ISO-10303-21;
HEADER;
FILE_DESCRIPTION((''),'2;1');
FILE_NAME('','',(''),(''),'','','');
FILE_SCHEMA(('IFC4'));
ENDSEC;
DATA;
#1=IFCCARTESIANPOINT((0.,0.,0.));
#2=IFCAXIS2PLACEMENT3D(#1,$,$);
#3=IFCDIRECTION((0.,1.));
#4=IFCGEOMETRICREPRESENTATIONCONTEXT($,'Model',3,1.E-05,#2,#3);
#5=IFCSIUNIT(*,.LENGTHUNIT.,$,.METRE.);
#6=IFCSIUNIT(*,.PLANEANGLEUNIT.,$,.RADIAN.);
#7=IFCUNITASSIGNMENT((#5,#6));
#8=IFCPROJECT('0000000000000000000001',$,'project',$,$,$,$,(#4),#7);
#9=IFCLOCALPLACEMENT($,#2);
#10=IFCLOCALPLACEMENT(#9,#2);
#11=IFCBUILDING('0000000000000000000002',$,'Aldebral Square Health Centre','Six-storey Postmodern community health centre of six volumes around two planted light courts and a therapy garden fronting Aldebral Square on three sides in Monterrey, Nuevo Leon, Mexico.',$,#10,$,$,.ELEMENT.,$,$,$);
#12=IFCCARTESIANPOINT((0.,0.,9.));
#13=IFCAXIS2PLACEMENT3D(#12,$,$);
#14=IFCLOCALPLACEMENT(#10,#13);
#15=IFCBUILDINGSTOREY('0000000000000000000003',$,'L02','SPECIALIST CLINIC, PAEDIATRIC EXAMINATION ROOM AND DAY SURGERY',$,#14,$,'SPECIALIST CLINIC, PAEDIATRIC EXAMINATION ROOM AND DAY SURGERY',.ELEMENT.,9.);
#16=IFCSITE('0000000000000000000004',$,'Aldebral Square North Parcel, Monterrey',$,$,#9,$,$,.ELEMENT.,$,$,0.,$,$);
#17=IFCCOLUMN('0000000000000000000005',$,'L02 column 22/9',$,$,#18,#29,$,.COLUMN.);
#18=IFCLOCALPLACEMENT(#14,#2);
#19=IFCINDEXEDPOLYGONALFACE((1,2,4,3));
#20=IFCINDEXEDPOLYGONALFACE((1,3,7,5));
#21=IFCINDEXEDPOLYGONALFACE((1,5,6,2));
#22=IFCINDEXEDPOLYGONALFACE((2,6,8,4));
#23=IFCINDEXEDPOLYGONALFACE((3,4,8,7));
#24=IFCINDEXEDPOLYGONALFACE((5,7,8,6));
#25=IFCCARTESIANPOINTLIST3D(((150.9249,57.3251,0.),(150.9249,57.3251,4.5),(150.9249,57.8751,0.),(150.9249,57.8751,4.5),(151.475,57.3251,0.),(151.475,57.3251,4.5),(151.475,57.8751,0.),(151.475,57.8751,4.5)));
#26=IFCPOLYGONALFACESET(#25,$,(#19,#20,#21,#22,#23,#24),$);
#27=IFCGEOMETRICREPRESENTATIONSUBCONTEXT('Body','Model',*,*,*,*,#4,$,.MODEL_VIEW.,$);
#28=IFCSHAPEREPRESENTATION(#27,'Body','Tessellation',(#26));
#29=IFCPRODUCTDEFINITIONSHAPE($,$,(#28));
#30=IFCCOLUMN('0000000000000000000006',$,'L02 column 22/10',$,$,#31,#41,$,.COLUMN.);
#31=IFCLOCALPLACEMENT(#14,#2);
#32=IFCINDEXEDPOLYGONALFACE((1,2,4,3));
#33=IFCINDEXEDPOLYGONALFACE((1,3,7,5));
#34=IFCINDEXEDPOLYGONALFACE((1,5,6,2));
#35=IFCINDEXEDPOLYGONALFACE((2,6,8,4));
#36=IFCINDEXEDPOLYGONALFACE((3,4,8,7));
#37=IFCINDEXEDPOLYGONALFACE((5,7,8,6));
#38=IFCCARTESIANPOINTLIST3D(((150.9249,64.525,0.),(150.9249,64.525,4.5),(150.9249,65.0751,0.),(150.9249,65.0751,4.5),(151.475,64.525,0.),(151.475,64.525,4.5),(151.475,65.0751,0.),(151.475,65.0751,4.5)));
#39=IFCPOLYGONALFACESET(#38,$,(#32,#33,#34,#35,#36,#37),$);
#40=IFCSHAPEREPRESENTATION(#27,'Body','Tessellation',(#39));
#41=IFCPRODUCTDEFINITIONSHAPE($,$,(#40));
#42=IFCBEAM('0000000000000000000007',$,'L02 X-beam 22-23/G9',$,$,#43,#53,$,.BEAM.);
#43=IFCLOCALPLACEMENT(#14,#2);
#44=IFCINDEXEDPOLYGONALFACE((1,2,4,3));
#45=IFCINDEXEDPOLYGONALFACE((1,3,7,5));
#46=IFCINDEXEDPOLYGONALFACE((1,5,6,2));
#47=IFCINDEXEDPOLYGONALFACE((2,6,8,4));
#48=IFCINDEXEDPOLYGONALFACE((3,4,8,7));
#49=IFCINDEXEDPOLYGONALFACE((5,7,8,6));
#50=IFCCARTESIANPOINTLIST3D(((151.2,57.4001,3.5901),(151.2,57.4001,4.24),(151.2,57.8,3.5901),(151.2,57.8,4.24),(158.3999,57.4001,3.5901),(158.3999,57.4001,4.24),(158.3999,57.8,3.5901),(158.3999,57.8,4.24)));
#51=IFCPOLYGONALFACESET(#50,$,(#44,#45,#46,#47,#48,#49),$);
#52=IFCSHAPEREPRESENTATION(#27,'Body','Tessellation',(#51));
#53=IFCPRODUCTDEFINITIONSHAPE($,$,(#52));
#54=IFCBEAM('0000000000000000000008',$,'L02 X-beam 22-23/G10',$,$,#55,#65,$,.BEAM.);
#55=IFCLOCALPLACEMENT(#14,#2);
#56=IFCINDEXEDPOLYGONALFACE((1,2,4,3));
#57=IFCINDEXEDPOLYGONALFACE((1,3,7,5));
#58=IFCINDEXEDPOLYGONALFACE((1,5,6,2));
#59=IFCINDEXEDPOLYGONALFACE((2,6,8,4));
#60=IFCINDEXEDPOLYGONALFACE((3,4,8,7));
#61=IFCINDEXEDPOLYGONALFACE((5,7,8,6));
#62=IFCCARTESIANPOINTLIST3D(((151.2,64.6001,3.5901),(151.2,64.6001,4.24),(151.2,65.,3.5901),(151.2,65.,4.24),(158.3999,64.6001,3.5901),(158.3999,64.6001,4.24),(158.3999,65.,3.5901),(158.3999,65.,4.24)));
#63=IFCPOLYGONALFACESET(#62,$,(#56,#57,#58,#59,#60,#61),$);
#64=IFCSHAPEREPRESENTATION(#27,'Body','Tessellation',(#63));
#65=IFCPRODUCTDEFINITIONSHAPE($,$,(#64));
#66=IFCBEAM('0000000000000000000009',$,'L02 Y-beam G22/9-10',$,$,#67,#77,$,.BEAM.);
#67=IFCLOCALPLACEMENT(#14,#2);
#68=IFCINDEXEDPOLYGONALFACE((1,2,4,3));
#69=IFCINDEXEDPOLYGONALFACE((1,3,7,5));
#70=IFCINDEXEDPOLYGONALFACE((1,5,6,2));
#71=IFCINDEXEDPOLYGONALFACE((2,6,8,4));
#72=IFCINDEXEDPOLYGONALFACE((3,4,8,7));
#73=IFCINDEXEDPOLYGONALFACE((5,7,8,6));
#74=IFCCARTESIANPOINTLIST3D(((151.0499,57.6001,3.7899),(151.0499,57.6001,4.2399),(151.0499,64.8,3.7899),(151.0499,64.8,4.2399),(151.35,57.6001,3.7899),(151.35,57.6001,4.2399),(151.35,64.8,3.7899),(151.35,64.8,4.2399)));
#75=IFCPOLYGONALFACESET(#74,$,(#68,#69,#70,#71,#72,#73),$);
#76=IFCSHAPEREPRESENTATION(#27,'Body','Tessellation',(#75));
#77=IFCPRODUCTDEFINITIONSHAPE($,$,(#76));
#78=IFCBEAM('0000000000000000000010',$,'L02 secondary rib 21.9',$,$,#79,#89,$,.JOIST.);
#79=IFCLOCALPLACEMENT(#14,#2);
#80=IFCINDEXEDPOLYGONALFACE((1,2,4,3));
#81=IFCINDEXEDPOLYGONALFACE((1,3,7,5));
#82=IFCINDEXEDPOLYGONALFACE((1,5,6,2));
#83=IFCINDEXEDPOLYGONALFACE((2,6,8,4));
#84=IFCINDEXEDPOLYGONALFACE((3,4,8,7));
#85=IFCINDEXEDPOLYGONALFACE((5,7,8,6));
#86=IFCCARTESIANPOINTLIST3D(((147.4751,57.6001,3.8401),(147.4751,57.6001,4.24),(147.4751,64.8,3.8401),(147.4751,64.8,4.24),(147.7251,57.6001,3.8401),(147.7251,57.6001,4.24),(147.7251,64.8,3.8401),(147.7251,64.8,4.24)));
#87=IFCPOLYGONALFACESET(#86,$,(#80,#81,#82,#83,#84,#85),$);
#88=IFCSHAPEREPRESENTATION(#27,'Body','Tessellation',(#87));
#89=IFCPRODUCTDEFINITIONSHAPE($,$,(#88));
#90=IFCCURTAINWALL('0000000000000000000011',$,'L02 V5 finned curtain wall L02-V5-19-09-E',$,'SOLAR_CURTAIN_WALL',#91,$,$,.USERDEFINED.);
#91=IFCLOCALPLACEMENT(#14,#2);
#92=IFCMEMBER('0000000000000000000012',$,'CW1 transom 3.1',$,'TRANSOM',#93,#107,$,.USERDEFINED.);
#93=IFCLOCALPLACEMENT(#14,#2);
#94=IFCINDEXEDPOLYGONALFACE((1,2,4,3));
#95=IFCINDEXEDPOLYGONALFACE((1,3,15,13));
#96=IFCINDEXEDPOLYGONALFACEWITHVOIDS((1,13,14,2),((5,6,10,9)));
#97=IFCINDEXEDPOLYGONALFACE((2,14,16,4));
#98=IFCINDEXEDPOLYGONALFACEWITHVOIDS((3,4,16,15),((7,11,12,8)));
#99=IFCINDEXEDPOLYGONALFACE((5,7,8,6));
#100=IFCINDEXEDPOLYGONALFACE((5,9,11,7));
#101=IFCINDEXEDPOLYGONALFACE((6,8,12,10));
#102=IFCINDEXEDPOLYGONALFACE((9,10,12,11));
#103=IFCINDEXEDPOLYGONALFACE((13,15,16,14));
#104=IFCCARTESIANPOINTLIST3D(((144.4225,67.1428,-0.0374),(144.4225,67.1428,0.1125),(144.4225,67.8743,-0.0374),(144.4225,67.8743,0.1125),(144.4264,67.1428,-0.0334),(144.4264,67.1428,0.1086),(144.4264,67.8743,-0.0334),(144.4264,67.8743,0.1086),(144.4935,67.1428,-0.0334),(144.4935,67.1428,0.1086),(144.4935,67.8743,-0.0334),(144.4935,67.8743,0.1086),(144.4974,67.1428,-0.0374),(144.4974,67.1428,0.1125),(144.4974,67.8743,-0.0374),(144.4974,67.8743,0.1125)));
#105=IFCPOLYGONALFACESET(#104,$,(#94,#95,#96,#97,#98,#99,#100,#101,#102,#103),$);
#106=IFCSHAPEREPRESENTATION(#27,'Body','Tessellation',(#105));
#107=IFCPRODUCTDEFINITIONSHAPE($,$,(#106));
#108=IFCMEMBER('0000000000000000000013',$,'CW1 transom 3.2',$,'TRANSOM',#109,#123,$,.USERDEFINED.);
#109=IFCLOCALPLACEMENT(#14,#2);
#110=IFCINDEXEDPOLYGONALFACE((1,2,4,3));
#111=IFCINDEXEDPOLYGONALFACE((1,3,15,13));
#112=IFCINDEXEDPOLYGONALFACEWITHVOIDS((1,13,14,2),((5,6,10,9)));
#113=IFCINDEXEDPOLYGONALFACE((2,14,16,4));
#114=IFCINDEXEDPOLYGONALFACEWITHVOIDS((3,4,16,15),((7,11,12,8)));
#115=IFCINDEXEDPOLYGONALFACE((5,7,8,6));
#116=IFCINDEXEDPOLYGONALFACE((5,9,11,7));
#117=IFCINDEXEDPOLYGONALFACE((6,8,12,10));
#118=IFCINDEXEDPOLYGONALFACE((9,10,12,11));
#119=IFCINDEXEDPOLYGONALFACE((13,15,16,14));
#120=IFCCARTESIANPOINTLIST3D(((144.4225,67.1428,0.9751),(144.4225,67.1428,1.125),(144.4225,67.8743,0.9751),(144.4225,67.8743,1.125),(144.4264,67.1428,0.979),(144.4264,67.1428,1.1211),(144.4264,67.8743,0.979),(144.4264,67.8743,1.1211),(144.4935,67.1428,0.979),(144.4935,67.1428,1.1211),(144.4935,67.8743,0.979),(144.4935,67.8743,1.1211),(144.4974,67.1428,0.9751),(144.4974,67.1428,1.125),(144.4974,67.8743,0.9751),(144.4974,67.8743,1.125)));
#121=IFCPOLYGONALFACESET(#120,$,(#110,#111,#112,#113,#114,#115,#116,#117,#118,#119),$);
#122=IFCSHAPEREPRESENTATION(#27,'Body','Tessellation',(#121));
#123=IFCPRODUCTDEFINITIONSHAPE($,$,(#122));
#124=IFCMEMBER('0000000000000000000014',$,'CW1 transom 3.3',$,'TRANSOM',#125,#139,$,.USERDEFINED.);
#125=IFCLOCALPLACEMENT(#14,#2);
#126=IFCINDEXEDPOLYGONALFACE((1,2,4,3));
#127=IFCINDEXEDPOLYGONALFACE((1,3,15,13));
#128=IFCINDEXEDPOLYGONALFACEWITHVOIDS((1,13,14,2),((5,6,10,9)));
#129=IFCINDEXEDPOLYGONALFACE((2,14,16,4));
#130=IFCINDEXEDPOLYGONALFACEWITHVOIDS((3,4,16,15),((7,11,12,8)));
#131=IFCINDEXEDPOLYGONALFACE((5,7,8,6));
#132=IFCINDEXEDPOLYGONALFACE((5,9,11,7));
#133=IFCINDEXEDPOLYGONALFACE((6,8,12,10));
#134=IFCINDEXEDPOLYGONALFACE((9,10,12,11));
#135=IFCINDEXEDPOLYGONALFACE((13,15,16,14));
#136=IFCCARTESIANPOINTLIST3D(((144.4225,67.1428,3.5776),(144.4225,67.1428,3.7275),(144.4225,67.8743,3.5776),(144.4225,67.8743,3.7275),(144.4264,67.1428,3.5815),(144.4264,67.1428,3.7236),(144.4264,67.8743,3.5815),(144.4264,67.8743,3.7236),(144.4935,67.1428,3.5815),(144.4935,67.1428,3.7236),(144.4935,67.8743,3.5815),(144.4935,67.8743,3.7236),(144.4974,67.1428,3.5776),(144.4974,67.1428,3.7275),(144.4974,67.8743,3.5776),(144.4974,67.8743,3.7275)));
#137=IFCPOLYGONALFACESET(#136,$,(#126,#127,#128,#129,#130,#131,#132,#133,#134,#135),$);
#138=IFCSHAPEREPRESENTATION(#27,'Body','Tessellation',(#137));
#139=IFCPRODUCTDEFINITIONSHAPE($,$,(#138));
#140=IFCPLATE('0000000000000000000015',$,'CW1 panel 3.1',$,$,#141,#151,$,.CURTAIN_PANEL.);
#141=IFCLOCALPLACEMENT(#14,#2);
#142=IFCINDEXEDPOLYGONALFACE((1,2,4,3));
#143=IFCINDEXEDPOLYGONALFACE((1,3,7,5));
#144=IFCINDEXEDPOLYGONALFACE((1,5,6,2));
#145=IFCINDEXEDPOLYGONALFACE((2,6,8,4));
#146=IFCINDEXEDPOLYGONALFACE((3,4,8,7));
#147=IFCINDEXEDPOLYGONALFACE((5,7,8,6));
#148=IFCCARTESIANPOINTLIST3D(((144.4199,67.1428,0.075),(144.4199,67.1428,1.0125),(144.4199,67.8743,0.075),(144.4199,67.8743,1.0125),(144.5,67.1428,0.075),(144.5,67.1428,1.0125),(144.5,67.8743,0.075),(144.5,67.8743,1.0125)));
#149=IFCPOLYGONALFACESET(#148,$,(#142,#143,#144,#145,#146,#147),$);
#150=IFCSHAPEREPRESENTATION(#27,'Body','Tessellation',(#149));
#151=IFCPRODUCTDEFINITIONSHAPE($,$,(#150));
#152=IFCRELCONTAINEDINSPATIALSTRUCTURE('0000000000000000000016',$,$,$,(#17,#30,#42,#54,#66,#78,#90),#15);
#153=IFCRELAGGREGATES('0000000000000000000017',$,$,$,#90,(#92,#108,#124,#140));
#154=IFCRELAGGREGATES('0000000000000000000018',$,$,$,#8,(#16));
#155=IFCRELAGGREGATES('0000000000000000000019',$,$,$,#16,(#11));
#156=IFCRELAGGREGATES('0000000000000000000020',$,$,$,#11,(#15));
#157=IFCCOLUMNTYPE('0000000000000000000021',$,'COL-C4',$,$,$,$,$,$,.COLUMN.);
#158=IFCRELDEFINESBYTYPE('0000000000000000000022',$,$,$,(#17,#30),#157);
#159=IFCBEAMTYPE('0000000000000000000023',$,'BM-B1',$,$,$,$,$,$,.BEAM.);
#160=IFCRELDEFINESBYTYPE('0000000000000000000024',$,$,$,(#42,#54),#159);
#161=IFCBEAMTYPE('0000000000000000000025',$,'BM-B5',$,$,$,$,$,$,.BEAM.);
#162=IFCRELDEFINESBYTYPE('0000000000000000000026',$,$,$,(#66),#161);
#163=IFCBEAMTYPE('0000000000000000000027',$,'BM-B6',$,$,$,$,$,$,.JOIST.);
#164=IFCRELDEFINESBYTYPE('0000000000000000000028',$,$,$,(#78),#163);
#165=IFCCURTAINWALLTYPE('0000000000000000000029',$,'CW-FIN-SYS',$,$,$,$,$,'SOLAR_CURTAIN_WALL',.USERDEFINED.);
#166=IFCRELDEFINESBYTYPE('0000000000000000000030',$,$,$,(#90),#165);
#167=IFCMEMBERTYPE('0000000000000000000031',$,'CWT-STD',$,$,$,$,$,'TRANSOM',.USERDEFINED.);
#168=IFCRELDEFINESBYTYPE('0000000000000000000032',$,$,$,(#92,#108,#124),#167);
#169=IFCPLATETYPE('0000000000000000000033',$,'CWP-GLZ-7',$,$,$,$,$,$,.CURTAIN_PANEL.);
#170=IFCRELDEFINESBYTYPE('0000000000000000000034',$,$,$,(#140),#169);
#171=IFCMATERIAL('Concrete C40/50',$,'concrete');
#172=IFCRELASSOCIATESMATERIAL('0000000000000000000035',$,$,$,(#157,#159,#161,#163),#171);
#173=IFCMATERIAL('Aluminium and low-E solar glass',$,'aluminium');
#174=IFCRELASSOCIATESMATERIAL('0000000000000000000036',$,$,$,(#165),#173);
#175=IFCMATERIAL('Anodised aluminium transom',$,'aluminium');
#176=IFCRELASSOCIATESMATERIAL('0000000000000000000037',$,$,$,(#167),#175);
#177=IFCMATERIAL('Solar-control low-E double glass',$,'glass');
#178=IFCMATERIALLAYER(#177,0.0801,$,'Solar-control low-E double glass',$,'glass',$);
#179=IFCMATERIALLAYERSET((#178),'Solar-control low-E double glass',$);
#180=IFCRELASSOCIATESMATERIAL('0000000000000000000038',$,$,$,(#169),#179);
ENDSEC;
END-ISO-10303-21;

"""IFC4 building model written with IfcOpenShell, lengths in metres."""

from ifc_helpers import new_model, si_unit, direction, frame, origin, origin_2d, place, context, subcontext, project, spatial, rectangle, hollow_rectangle, extrude, material, layer, layer_set, material_profile, profile_set, type_object, element, aggregate, save


model = new_model("IFC4")

# Units and contexts
model_context = context("Model", 3, precision=1e-05, world=origin(), true_north=direction((0.0, 1.0)))
body_context = subcontext(model_context, "Body", "Model", "MODEL_VIEW")
ifc_project = project(units=[si_unit("LENGTHUNIT", "METRE"), si_unit("PLANEANGLEUNIT", "RADIAN")], contexts=[model_context])

# Site, building, storey
site_placement = place(None, origin())
site = spatial("IfcSite", under=ifc_project, at=site_placement, Name="Aldebral Square North Parcel, Monterrey", CompositionType="ELEMENT", RefElevation=0.0)
building_placement = place(site_placement, origin())
building = spatial("IfcBuilding", under=site, at=building_placement, Name="Aldebral Square Health Centre", Description="Six-storey Postmodern community health centre of six volumes around two planted light courts and a therapy garden fronting Aldebral Square on three sides in Monterrey, Nuevo Leon, Mexico.", CompositionType="ELEMENT")
storey_placement = place(building_placement, frame((0.0, 0.0, 9.0)))
storey = spatial("IfcBuildingStorey", under=building, at=storey_placement, Name="L02", Description="SPECIALIST CLINIC, PAEDIATRIC EXAMINATION ROOM AND DAY SURGERY", LongName="SPECIALIST CLINIC, PAEDIATRIC EXAMINATION ROOM AND DAY SURGERY", CompositionType="ELEMENT", Elevation=9.0)

# Columns
ifc_material_1 = material(Name="Concrete C40/50", Category="concrete")
ifc_material_profile_1 = material_profile(ifc_material_1, rectangle(XDim=0.55, YDim=0.55, at=origin_2d()), Name="RC 550x550")
ifc_profile_set_1 = profile_set([ifc_material_profile_1], Name="Concrete C40/50")
column_type = type_object("IfcColumnType", Name="COL-C4", PredefinedType="COLUMN", material=ifc_profile_set_1)
for number, where, z_axis, x_axis, name in (
    (1, (151.2, 57.6001, 0.0), (0.0, 0.0, 1.0), (1.0, 0.0, 0.0), "L02 column 22/9"),
    (2, (151.2, 64.8, 0.0), (0.0, 0.0, 1.0), (1.0, 0.0, 0.0), "L02 column 22/10"),
):
    element("IfcColumn", number, at=place(storey_placement, frame(where, z_axis=z_axis, x_axis=x_axis)), inside=storey, type_object=column_type, Name=name, PredefinedType="COLUMN", context=body_context, shape_type="SweptSolid", body=[
        extrude(rectangle(XDim=0.55, YDim=0.55, at=origin_2d()), origin(), (0.0, 0.0, 1.0), 4.5),
    ])

# Beams
ifc_material_profile_2 = material_profile(ifc_material_1, rectangle(XDim=0.3999, YDim=0.6499, at=origin_2d()), Name="RC 400x650")
ifc_profile_set_2 = profile_set([ifc_material_profile_2], Name="Concrete C40/50")
beam_type_1 = type_object("IfcBeamType", Name="BM-B1", PredefinedType="BEAM", material=ifc_profile_set_2)
for number, where, z_axis, x_axis, name in (
    (3, (151.2, 57.6001, 3.915), (1.0, 0.0, 0.0), (0.0, 1.0, 0.0), "L02 X-beam 22-23/G9"),
    (4, (151.2, 64.8, 3.915), (1.0, 0.0, 0.0), (0.0, 1.0, 0.0), "L02 X-beam 22-23/G10"),
):
    element("IfcBeam", number, at=place(storey_placement, frame(where, z_axis=z_axis, x_axis=x_axis)), inside=storey, type_object=beam_type_1, Name=name, PredefinedType="BEAM", context=body_context, shape_type="SweptSolid", body=[
        extrude(rectangle(XDim=0.3999, YDim=0.6499, at=origin_2d()), origin(), (0.0, 0.0, 1.0), 7.2),
    ])
ifc_material_profile_3 = material_profile(ifc_material_1, rectangle(XDim=0.3, YDim=0.45, at=origin_2d()), Name="RC 300x450")
ifc_profile_set_3 = profile_set([ifc_material_profile_3], Name="Concrete C40/50")
beam_type_2 = type_object("IfcBeamType", Name="BM-B5", PredefinedType="BEAM", material=ifc_profile_set_3)
beam_1_placement = place(storey_placement, frame((151.2, 57.6001, 4.0149), z_axis=(0.0, 1.0, 0.0), x_axis=(-1.0, 0.0, 0.0)))
element("IfcBeam", 5, at=beam_1_placement, inside=storey, type_object=beam_type_2, Name="L02 Y-beam G22/9-10", PredefinedType="BEAM", context=body_context, shape_type="SweptSolid", body=[
    extrude(rectangle(XDim=0.3, YDim=0.45, at=origin_2d()), origin(), (0.0, 0.0, 1.0), 7.2),
])
ifc_material_profile_4 = material_profile(ifc_material_1, rectangle(XDim=0.25, YDim=0.3999, at=origin_2d()), Name="RC 250x400")
ifc_profile_set_4 = profile_set([ifc_material_profile_4], Name="Concrete C40/50")
beam_type_3 = type_object("IfcBeamType", Name="BM-B6", PredefinedType="JOIST", material=ifc_profile_set_4)
beam_2_placement = place(storey_placement, frame((147.6001, 57.6001, 4.04), z_axis=(0.0, 1.0, 0.0), x_axis=(-1.0, 0.0, 0.0)))
element("IfcBeam", 6, at=beam_2_placement, inside=storey, type_object=beam_type_3, Name="L02 secondary rib 21.9", PredefinedType="JOIST", context=body_context, shape_type="SweptSolid", body=[
    extrude(rectangle(XDim=0.25, YDim=0.3999, at=origin_2d()), origin(), (0.0, 0.0, 1.0), 7.2),
])

# Curtain wall, members, plate
ifc_material_2 = material(Name="Aluminium and low-E solar glass", Category="aluminium")
curtain_wall_type = type_object("IfcCurtainWallType", Name="CW-FIN-SYS", ElementType="SOLAR_CURTAIN_WALL", PredefinedType="USERDEFINED", material=ifc_material_2)
curtain_wall_placement = place(storey_placement, origin())
curtain_wall = element("IfcCurtainWall", 7, at=curtain_wall_placement, inside=storey, type_object=curtain_wall_type, Name="L02 V5 finned curtain wall L02-V5-19-09-E", ObjectType="SOLAR_CURTAIN_WALL", PredefinedType="USERDEFINED")
ifc_material_3 = material(Name="Anodised aluminium transom", Category="aluminium")
ifc_material_profile_5 = material_profile(ifc_material_3, hollow_rectangle(XDim=0.075, YDim=0.1499, WallThickness=0.0039, at=origin_2d()), Name="CWT 75x150x4")
ifc_profile_set_5 = profile_set([ifc_material_profile_5], Name="Anodised aluminium transom")
member_type = type_object("IfcMemberType", Name="CWT-STD", ElementType="TRANSOM", PredefinedType="USERDEFINED", material=ifc_profile_set_5)
member_1_placement = place(storey_placement, frame((144.46, 67.1428, 0.0376), z_axis=(0.0, 1.0, 0.0), x_axis=(-1.0, 0.0, 0.0)))
member_1 = element("IfcMember", 8, at=member_1_placement, type_object=member_type, Name="CW1 transom 3.1", ObjectType="TRANSOM", PredefinedType="USERDEFINED", context=body_context, shape_type="SweptSolid", body=[
    extrude(hollow_rectangle(XDim=0.075, YDim=0.1499, WallThickness=0.0039, at=origin_2d()), origin(), (0.0, 0.0, 1.0), 0.7314),
])
member_2_placement = place(storey_placement, frame((144.46, 67.1428, 1.05), z_axis=(0.0, 1.0, 0.0), x_axis=(-1.0, 0.0, 0.0)))
member_2 = element("IfcMember", 9, at=member_2_placement, type_object=member_type, Name="CW1 transom 3.2", ObjectType="TRANSOM", PredefinedType="USERDEFINED", context=body_context, shape_type="SweptSolid", body=[
    extrude(hollow_rectangle(XDim=0.075, YDim=0.1499, WallThickness=0.0039, at=origin_2d()), origin(), (0.0, 0.0, 1.0), 0.7314),
])
member_3_placement = place(storey_placement, frame((144.46, 67.1428, 3.6526), z_axis=(0.0, 1.0, 0.0), x_axis=(-1.0, 0.0, 0.0)))
member_3 = element("IfcMember", 10, at=member_3_placement, type_object=member_type, Name="CW1 transom 3.3", ObjectType="TRANSOM", PredefinedType="USERDEFINED", context=body_context, shape_type="SweptSolid", body=[
    extrude(hollow_rectangle(XDim=0.075, YDim=0.1499, WallThickness=0.0039, at=origin_2d()), origin(), (0.0, 0.0, 1.0), 0.7314),
])
ifc_material_4 = material(Name="Solar-control low-E double glass", Category="glass")
ifc_layer_1 = layer(ifc_material_4, 0.0801, Name="Solar-control low-E double glass", Category="glass")
ifc_layer_set_1 = layer_set([ifc_layer_1], Name="Solar-control low-E double glass")
plate_type = type_object("IfcPlateType", Name="CWP-GLZ-7", PredefinedType="CURTAIN_PANEL", material=ifc_layer_set_1)
plate_placement = place(storey_placement, frame((144.46, 67.5085, 0.075), z_axis=(0.0, 0.0, 1.0), x_axis=(0.0, 1.0, 0.0)))
plate = element("IfcPlate", 11, at=plate_placement, type_object=plate_type, Name="CW1 panel 3.1", PredefinedType="CURTAIN_PANEL", context=body_context, shape_type="SweptSolid", body=[
    extrude(rectangle(XDim=0.7314, YDim=0.0801, at=origin_2d()), origin(), (0.0, 0.0, 1.0), 0.9375),
])
aggregate(curtain_wall, [member_1, member_2, member_3, plate])

save(model, "model.ifc")
